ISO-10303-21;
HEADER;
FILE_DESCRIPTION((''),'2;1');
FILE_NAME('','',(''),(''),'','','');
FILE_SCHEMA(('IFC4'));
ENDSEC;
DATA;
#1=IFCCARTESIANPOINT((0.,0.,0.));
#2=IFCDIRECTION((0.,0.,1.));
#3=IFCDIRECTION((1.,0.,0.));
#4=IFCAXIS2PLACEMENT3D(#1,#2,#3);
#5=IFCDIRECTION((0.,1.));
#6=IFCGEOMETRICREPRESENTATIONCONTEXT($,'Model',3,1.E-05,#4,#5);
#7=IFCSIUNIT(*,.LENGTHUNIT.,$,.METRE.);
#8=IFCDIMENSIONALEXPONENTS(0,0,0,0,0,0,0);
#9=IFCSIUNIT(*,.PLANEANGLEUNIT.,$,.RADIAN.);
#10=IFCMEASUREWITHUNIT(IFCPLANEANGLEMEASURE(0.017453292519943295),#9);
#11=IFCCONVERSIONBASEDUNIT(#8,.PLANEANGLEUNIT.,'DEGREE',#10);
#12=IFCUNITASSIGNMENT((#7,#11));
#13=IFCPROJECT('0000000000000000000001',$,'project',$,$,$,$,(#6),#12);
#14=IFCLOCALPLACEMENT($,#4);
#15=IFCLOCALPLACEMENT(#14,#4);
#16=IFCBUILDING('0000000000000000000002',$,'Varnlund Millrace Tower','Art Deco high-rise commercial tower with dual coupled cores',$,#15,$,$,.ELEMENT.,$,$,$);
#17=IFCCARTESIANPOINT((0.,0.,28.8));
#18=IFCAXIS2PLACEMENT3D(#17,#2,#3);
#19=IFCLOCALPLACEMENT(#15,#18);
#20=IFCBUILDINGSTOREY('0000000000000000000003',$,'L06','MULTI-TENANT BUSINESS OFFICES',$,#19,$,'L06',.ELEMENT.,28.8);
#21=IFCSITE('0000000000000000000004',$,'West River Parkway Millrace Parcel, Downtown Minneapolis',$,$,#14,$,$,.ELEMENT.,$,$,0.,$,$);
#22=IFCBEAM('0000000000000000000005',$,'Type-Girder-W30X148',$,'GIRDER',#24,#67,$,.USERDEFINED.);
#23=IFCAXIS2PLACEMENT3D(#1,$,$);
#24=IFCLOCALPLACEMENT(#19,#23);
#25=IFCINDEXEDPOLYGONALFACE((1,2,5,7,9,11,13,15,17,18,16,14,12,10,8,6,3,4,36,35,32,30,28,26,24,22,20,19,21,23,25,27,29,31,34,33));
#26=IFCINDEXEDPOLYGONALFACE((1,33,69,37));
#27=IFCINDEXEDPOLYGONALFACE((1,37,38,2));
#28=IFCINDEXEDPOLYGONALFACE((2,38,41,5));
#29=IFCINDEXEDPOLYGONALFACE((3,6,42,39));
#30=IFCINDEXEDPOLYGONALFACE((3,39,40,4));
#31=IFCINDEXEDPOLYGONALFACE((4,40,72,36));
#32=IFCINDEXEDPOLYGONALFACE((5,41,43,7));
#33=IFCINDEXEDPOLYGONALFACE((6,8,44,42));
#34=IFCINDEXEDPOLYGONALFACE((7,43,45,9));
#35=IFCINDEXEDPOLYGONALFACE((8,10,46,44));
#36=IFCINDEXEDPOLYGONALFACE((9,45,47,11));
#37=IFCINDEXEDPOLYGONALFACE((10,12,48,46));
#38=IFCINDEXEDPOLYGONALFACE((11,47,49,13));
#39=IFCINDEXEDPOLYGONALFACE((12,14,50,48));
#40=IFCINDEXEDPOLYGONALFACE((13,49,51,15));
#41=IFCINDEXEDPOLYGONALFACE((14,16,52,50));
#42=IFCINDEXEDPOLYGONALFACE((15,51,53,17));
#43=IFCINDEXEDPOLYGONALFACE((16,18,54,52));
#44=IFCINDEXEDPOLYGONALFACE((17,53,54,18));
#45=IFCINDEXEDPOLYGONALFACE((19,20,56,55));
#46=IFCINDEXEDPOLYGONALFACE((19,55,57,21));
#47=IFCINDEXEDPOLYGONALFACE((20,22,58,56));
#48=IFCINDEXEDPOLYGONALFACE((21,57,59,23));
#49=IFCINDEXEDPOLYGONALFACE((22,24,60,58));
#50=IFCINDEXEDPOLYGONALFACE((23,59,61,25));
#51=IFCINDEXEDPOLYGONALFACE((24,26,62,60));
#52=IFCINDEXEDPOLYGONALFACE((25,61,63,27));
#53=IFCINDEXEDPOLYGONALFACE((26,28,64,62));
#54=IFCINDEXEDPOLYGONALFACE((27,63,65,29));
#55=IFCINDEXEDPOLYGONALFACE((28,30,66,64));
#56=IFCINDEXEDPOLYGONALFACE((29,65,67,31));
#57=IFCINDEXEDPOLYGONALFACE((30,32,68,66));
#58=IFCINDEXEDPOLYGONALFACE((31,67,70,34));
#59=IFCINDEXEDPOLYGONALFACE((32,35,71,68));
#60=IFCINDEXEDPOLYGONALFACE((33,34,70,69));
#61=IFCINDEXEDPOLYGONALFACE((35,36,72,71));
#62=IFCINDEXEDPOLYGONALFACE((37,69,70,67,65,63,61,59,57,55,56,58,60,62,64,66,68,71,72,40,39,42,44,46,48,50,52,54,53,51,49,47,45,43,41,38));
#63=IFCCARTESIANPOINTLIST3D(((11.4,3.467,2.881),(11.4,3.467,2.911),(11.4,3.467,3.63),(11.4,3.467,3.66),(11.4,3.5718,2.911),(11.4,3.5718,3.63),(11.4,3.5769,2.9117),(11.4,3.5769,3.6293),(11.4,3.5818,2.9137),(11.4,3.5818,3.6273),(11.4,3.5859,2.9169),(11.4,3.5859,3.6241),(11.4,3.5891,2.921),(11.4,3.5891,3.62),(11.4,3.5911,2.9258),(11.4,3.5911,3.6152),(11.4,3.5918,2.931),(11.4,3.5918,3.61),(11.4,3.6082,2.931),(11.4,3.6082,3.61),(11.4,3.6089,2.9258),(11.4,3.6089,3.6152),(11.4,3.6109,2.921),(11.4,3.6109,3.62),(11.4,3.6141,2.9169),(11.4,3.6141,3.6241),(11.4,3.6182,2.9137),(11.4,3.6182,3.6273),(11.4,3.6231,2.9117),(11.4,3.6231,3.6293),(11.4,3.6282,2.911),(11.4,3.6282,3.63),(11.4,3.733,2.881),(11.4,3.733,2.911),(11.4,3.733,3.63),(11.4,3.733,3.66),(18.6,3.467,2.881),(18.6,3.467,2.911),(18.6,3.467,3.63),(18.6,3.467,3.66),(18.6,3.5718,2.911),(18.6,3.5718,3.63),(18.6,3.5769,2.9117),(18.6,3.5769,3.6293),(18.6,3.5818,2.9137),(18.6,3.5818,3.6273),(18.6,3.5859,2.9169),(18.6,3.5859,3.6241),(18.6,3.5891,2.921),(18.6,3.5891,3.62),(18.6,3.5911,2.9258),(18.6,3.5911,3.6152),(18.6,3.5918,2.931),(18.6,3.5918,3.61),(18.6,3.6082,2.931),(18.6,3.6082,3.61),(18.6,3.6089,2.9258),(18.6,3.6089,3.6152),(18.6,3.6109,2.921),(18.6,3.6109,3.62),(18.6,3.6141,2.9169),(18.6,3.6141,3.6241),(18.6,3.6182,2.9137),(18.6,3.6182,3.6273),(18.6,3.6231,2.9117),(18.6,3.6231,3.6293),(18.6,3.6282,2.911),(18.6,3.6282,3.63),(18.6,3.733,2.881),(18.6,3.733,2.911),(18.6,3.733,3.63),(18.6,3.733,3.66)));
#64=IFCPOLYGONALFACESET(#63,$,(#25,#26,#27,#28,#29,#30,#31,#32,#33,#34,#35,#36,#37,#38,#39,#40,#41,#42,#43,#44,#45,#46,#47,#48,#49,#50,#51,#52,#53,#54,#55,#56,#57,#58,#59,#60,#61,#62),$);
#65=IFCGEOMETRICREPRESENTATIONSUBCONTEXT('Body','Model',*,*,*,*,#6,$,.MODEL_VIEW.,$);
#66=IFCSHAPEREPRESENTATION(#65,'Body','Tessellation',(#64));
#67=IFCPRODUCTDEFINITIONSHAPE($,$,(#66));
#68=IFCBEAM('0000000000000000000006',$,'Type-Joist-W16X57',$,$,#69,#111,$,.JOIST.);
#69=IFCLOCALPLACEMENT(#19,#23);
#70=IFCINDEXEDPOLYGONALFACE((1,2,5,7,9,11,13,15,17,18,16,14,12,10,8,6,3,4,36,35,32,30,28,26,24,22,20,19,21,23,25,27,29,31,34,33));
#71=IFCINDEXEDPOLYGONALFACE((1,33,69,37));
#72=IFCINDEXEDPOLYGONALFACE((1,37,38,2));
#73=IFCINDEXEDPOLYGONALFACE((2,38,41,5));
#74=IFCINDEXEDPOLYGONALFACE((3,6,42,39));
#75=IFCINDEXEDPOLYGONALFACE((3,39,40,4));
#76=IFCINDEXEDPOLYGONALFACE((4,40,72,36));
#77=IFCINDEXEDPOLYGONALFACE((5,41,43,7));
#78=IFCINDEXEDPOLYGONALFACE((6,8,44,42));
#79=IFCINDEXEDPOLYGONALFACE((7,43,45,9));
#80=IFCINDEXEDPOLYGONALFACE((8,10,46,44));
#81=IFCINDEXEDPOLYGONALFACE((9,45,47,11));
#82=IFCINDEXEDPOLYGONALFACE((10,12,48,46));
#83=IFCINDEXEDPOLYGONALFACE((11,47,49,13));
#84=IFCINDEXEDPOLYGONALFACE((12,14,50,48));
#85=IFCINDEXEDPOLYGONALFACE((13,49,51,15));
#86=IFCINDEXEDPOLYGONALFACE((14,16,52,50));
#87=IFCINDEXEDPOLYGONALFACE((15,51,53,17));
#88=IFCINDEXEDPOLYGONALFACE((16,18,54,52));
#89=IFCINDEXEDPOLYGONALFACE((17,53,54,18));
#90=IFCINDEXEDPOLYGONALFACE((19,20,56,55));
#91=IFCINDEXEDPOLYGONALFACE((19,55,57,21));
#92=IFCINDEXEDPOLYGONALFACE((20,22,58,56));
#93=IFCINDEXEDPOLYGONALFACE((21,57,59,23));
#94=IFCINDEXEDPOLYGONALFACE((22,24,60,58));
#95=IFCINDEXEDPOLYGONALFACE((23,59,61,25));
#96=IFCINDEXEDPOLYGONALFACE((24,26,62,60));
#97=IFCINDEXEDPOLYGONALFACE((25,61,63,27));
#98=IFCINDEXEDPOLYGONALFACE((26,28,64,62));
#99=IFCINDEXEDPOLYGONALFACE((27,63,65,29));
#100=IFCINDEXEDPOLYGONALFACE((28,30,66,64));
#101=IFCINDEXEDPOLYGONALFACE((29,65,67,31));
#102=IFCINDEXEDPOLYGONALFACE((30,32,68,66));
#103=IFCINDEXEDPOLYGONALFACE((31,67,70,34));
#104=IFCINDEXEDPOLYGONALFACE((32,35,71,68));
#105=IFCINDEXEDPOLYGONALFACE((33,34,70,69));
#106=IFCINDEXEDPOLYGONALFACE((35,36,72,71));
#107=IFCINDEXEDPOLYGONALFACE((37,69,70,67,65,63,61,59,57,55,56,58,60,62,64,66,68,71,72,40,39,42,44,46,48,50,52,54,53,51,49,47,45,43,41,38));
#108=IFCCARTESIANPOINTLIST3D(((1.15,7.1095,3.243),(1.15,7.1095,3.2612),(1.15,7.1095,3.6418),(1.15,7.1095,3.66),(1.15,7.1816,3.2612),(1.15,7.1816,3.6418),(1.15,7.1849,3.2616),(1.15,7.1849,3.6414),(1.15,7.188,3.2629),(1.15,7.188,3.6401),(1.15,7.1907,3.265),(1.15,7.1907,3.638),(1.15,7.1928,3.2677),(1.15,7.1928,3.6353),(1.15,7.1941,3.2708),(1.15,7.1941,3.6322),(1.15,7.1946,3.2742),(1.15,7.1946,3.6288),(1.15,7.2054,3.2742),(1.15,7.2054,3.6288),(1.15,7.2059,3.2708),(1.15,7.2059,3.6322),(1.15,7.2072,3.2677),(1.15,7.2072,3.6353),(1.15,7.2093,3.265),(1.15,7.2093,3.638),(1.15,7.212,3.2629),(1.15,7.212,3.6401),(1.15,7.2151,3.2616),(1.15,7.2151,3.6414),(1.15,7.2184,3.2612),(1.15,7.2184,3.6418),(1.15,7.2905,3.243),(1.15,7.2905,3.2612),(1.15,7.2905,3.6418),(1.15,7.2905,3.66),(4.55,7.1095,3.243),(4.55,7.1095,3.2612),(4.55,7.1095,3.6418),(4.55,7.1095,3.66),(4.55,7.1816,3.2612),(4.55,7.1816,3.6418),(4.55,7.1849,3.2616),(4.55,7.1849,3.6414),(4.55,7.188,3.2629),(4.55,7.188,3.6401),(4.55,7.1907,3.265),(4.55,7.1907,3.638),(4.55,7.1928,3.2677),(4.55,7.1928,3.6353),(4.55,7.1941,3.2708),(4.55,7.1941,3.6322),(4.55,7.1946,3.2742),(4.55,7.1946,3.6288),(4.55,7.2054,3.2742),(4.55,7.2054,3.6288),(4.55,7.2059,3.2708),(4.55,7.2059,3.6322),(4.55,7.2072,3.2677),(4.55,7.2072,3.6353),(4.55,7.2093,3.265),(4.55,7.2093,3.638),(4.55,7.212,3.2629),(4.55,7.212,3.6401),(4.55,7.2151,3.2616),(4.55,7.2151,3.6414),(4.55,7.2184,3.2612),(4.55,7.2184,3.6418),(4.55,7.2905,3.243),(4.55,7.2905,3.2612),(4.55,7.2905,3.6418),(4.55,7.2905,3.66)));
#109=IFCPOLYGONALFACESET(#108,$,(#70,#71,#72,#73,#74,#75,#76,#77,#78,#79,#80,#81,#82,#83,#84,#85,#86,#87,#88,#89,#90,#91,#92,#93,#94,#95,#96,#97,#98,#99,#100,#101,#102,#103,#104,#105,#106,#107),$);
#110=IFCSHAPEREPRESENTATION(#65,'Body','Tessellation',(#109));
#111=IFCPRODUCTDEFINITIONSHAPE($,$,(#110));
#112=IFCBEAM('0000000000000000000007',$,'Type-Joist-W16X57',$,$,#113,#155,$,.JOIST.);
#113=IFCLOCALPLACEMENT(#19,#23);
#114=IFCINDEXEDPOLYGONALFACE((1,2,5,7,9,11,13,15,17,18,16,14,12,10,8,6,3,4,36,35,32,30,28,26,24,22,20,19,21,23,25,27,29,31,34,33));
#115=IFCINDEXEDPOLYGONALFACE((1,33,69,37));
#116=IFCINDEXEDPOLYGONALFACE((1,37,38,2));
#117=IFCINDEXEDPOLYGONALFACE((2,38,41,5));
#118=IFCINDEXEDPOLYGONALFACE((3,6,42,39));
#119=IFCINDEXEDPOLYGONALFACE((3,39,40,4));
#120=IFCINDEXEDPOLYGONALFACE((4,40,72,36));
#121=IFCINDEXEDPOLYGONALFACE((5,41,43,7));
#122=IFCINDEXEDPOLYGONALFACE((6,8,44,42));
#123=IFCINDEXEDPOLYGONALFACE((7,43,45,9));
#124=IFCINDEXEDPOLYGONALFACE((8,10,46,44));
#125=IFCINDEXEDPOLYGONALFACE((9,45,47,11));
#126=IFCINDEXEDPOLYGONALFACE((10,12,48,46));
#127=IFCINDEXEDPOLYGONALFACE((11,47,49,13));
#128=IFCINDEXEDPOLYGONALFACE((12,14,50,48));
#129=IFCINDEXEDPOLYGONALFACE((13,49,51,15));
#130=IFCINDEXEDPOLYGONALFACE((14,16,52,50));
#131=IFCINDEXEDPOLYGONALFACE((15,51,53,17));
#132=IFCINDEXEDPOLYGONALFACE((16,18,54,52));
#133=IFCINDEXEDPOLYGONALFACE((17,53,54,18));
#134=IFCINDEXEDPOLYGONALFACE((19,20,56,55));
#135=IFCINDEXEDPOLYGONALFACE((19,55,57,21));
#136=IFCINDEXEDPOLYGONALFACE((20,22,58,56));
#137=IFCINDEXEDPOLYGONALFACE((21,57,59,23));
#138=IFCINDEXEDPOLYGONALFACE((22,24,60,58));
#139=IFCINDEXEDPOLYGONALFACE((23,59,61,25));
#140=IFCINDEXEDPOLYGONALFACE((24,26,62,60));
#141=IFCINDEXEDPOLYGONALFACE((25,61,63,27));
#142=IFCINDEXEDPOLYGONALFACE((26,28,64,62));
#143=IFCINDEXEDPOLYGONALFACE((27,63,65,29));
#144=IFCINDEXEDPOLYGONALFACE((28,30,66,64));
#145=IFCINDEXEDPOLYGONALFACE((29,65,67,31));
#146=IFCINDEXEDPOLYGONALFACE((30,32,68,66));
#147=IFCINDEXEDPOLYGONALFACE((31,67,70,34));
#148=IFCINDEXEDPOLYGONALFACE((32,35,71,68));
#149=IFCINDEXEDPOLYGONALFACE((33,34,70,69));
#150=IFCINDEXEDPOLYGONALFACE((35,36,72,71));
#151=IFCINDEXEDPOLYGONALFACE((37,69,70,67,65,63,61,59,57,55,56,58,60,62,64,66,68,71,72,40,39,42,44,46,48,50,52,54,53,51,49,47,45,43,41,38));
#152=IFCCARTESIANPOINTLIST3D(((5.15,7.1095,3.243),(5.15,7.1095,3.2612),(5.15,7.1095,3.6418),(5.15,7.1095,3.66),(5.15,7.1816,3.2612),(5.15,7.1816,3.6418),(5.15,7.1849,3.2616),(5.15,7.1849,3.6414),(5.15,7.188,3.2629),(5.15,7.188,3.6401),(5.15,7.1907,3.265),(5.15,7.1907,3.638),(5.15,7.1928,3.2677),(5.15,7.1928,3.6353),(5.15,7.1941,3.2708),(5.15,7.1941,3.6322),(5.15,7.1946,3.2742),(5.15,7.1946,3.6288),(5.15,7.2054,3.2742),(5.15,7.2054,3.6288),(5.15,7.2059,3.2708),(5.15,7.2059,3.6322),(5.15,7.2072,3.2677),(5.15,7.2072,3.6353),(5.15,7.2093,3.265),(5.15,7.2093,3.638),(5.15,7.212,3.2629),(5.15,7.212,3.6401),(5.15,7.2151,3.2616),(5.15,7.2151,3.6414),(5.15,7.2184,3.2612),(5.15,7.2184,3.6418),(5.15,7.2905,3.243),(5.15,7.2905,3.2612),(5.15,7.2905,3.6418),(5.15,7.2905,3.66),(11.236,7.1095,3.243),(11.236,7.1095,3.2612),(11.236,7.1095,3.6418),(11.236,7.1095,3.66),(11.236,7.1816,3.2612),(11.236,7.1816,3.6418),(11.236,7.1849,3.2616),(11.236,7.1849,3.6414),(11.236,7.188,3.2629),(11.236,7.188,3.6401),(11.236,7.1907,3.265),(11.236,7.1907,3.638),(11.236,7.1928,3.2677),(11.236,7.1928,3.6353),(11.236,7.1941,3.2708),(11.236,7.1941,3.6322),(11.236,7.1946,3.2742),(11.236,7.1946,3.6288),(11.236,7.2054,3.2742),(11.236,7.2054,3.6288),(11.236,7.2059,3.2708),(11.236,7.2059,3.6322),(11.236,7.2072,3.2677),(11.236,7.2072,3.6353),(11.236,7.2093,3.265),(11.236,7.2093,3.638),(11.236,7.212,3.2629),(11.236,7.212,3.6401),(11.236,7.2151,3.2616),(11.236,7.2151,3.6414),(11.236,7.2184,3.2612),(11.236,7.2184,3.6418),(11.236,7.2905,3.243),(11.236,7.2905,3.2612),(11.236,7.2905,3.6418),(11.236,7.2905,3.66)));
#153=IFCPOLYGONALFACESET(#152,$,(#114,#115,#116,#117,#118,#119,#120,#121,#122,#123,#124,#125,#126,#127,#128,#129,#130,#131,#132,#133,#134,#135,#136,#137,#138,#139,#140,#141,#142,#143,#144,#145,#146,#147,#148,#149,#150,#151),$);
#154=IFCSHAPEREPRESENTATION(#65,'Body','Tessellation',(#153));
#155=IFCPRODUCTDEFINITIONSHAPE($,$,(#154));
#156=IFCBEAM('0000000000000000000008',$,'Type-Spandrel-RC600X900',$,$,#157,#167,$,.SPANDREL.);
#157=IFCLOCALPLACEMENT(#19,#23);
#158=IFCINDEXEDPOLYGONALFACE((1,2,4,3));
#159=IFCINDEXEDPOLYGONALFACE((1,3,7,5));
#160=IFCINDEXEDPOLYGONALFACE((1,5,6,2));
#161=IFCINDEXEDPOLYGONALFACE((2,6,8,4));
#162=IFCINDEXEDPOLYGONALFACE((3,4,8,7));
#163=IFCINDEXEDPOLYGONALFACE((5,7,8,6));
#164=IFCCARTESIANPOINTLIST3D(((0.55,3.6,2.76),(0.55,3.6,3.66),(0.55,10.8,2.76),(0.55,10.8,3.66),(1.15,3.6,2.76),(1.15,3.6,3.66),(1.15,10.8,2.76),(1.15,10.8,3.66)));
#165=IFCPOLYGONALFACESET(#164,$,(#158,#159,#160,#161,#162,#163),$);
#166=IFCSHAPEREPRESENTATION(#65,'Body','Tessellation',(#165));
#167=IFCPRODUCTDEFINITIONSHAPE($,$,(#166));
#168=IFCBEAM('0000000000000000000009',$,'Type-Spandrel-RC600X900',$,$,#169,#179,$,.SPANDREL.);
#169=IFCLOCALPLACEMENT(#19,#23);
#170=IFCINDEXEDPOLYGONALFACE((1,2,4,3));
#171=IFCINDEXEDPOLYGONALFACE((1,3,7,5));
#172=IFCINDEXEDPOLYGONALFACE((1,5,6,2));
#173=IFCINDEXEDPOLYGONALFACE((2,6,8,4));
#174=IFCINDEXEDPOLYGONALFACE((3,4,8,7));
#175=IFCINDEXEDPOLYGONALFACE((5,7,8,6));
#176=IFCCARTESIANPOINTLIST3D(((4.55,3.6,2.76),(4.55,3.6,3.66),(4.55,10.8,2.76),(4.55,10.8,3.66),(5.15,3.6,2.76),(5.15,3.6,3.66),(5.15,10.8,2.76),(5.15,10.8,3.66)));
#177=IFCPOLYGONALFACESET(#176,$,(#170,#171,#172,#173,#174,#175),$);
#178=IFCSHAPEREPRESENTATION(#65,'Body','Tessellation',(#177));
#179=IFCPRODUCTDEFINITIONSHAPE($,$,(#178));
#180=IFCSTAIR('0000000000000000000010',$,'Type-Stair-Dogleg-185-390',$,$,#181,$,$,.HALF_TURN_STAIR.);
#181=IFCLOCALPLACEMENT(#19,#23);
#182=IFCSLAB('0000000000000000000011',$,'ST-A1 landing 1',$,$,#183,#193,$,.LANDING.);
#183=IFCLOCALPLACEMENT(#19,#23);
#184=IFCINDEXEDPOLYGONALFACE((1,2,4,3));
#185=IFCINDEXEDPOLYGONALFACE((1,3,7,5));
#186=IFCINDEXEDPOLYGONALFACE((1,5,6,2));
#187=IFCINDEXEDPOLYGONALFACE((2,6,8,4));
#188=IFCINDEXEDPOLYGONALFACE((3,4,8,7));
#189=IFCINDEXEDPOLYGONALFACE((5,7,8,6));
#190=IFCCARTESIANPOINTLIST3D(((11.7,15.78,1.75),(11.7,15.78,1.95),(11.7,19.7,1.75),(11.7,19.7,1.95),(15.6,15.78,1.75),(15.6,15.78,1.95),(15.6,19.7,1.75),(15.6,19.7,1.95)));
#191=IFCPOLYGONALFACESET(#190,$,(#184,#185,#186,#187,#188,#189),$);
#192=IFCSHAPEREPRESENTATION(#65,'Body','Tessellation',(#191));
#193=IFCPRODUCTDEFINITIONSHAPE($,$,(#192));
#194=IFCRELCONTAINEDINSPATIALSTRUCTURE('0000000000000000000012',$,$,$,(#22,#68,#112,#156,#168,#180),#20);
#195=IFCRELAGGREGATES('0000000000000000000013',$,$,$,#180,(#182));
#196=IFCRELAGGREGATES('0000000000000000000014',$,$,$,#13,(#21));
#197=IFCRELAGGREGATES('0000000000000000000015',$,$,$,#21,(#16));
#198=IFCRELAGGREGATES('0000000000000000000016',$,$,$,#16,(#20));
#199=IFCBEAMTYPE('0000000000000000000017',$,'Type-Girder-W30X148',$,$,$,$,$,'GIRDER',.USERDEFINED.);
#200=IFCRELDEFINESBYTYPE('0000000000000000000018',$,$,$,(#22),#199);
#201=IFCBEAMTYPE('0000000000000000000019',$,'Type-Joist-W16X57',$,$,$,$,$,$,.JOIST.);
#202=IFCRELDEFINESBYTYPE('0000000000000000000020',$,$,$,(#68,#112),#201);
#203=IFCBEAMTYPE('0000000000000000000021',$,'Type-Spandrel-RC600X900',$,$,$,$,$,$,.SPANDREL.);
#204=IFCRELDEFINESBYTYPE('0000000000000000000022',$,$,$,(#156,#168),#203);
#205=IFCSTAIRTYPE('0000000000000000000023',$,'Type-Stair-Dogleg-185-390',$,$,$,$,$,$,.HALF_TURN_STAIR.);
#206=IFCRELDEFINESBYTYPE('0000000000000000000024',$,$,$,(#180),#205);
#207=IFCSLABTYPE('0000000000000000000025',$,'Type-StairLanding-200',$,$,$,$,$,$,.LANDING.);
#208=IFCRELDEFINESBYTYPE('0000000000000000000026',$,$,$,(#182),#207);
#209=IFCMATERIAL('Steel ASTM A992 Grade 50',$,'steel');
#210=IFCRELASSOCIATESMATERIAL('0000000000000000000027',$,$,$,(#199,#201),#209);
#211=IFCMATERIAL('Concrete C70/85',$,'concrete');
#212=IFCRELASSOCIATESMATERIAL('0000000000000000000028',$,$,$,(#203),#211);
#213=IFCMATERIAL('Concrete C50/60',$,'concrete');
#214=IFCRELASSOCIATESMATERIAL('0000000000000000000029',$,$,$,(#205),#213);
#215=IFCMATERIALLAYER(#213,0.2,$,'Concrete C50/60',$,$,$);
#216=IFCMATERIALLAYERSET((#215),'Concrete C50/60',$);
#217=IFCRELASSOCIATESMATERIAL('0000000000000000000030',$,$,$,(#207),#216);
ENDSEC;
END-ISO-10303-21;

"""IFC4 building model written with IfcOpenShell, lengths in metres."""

from ifc_helpers import new_model, entity, si_unit, converted_unit, direction, frame, origin_with_axes, origin_2d_with_axis, place, context, subcontext, project, spatial, polyline, rectangle, i_section, outline, extrude, material, layer, layer_set, material_profile, profile_set, type_object, element, aggregate, save


model = new_model("IFC4")

# Units and contexts
model_context = context("Model", 3, precision=1e-05, world=origin_with_axes(), true_north=direction((0.0, 1.0)))
body_context = subcontext(model_context, "Body", "Model", "MODEL_VIEW")
ifc_project = project(units=[si_unit("LENGTHUNIT", "METRE"), converted_unit("PLANEANGLEUNIT", "DEGREE", entity("IfcPlaneAngleMeasure", 0.017453292519943295), si_unit("PLANEANGLEUNIT", "RADIAN"), dimensions=[0, 0, 0, 0, 0, 0, 0])], contexts=[model_context])

# Site, building, storey
site_placement = place(None, origin_with_axes())
site = spatial("IfcSite", under=ifc_project, at=site_placement, Name="West River Parkway Millrace Parcel, Downtown Minneapolis", CompositionType="ELEMENT", RefElevation=0.0)
building_placement = place(site_placement, origin_with_axes())
building = spatial("IfcBuilding", under=site, at=building_placement, Name="Varnlund Millrace Tower", Description="Art Deco high-rise commercial tower with dual coupled cores", CompositionType="ELEMENT")
storey_placement = place(building_placement, frame((0.0, 0.0, 28.8), z_axis=(0.0, 0.0, 1.0), x_axis=(1.0, 0.0, 0.0)))
storey = spatial("IfcBuildingStorey", under=building, at=storey_placement, Name="L06", Description="MULTI-TENANT BUSINESS OFFICES", LongName="L06", CompositionType="ELEMENT", Elevation=28.8)

# Beams
ifc_material_1 = material(Name="Steel ASTM A992 Grade 50", Category="steel")
ifc_material_profile_1 = material_profile(ifc_material_1, i_section(OverallWidth=0.266, OverallDepth=0.779, WebThickness=0.0165, FlangeThickness=0.03, FilletRadius=0.02, at=origin_2d_with_axis()), Name="Steel ASTM A992 Grade 50")
ifc_profile_set_1 = profile_set([ifc_material_profile_1], Name="Steel ASTM A992 Grade 50")
beam_type_1 = type_object("IfcBeamType", Name="Type-Girder-W30X148", ElementType="GIRDER", PredefinedType="USERDEFINED", material=ifc_profile_set_1)
beam_1_placement = place(storey_placement, frame((11.4, 3.6, 3.2705), z_axis=(1.0, 0.0, 0.0), x_axis=(0.0, 1.0, 0.0)))
element("IfcBeam", 1, at=beam_1_placement, inside=storey, type_object=beam_type_1, Name="Type-Girder-W30X148", ObjectType="GIRDER", PredefinedType="USERDEFINED", context=body_context, shape_type="SweptSolid", body=[
    extrude(i_section(OverallWidth=0.266, OverallDepth=0.779, WebThickness=0.0165, FlangeThickness=0.03, FilletRadius=0.02, at=origin_2d_with_axis()), origin_with_axes(), (0.0, 0.0, 1.0), 7.2),
])
ifc_material_profile_2 = material_profile(ifc_material_1, i_section(OverallWidth=0.181, OverallDepth=0.417, WebThickness=0.0109, FlangeThickness=0.0182, FilletRadius=0.013, at=origin_2d_with_axis()), Name="Steel ASTM A992 Grade 50")
ifc_profile_set_2 = profile_set([ifc_material_profile_2], Name="Steel ASTM A992 Grade 50")
beam_type_2 = type_object("IfcBeamType", Name="Type-Joist-W16X57", PredefinedType="JOIST", material=ifc_profile_set_2)
beam_2_placement = place(storey_placement, frame((1.15, 7.2, 3.4515), z_axis=(1.0, 0.0, 0.0), x_axis=(0.0, 1.0, 0.0)))
element("IfcBeam", 2, at=beam_2_placement, inside=storey, type_object=beam_type_2, Name="Type-Joist-W16X57", PredefinedType="JOIST", context=body_context, shape_type="SweptSolid", body=[
    extrude(i_section(OverallWidth=0.181, OverallDepth=0.417, WebThickness=0.0109, FlangeThickness=0.0182, FilletRadius=0.013, at=origin_2d_with_axis()), origin_with_axes(), (0.0, 0.0, 1.0), 3.4),
])
beam_3_placement = place(storey_placement, frame((5.15, 7.2, 3.4515), z_axis=(1.0, 0.0, 0.0), x_axis=(0.0, 1.0, 0.0)))
element("IfcBeam", 3, at=beam_3_placement, inside=storey, type_object=beam_type_2, Name="Type-Joist-W16X57", PredefinedType="JOIST", context=body_context, shape_type="SweptSolid", body=[
    extrude(i_section(OverallWidth=0.181, OverallDepth=0.417, WebThickness=0.0109, FlangeThickness=0.0182, FilletRadius=0.013, at=origin_2d_with_axis()), origin_with_axes(), (0.0, 0.0, 1.0), 6.086),
])
ifc_material_2 = material(Name="Concrete C70/85", Category="concrete")
ifc_material_profile_3 = material_profile(ifc_material_2, rectangle(XDim=0.6, YDim=0.9, at=origin_2d_with_axis()), Name="Concrete C70/85")
ifc_profile_set_3 = profile_set([ifc_material_profile_3], Name="Concrete C70/85")
beam_type_3 = type_object("IfcBeamType", Name="Type-Spandrel-RC600X900", PredefinedType="SPANDREL", material=ifc_profile_set_3)
for number, where, z_axis, x_axis, name in (
    (4, (0.85, 3.6, 3.21), (0.0, 1.0, 0.0), (-1.0, 0.0, 0.0), "Type-Spandrel-RC600X900"),
    (5, (4.85, 3.6, 3.21), (0.0, 1.0, 0.0), (-1.0, 0.0, 0.0), "Type-Spandrel-RC600X900"),
):
    element("IfcBeam", number, at=place(storey_placement, frame(where, z_axis=z_axis, x_axis=x_axis)), inside=storey, type_object=beam_type_3, Name=name, PredefinedType="SPANDREL", context=body_context, shape_type="SweptSolid", body=[
        extrude(rectangle(XDim=0.6, YDim=0.9, at=origin_2d_with_axis()), origin_with_axes(), (0.0, 0.0, 1.0), 7.2),
    ])

# Stair, slab
ifc_material_3 = material(Name="Concrete C50/60", Category="concrete")
stair_type_1 = type_object("IfcStairType", Name="Type-Stair-Dogleg-185-390", PredefinedType="HALF_TURN_STAIR", material=ifc_material_3)
stair_1_placement = place(storey_placement, origin_with_axes())
stair_1 = element("IfcStair", 6, at=stair_1_placement, inside=storey, type_object=stair_type_1, Name="Type-Stair-Dogleg-185-390", PredefinedType="HALF_TURN_STAIR")
ifc_layer = layer(ifc_material_3, 0.2, Name="Concrete C50/60")
ifc_layer_set = layer_set([ifc_layer], Name="Concrete C50/60")
slab_type = type_object("IfcSlabType", Name="Type-StairLanding-200", PredefinedType="LANDING", material=ifc_layer_set)
slab_1_placement = place(storey_placement, frame((0.0, 0.0, 1.75), z_axis=(0.0, 0.0, 1.0), x_axis=(1.0, 0.0, 0.0)))
slab_1 = element("IfcSlab", 7, at=slab_1_placement, type_object=slab_type, Name="ST-A1 landing 1", PredefinedType="LANDING", context=body_context, shape_type="SweptSolid", body=[
    extrude(outline(polyline([(15.6, 15.78), (15.6, 19.7), (11.7, 19.7), (11.7, 15.78), (15.6, 15.78)])), origin_with_axes(), (0.0, 0.0, 1.0), 0.2),
])
aggregate(stair_1, [slab_1])

save(model, "model.ifc")
